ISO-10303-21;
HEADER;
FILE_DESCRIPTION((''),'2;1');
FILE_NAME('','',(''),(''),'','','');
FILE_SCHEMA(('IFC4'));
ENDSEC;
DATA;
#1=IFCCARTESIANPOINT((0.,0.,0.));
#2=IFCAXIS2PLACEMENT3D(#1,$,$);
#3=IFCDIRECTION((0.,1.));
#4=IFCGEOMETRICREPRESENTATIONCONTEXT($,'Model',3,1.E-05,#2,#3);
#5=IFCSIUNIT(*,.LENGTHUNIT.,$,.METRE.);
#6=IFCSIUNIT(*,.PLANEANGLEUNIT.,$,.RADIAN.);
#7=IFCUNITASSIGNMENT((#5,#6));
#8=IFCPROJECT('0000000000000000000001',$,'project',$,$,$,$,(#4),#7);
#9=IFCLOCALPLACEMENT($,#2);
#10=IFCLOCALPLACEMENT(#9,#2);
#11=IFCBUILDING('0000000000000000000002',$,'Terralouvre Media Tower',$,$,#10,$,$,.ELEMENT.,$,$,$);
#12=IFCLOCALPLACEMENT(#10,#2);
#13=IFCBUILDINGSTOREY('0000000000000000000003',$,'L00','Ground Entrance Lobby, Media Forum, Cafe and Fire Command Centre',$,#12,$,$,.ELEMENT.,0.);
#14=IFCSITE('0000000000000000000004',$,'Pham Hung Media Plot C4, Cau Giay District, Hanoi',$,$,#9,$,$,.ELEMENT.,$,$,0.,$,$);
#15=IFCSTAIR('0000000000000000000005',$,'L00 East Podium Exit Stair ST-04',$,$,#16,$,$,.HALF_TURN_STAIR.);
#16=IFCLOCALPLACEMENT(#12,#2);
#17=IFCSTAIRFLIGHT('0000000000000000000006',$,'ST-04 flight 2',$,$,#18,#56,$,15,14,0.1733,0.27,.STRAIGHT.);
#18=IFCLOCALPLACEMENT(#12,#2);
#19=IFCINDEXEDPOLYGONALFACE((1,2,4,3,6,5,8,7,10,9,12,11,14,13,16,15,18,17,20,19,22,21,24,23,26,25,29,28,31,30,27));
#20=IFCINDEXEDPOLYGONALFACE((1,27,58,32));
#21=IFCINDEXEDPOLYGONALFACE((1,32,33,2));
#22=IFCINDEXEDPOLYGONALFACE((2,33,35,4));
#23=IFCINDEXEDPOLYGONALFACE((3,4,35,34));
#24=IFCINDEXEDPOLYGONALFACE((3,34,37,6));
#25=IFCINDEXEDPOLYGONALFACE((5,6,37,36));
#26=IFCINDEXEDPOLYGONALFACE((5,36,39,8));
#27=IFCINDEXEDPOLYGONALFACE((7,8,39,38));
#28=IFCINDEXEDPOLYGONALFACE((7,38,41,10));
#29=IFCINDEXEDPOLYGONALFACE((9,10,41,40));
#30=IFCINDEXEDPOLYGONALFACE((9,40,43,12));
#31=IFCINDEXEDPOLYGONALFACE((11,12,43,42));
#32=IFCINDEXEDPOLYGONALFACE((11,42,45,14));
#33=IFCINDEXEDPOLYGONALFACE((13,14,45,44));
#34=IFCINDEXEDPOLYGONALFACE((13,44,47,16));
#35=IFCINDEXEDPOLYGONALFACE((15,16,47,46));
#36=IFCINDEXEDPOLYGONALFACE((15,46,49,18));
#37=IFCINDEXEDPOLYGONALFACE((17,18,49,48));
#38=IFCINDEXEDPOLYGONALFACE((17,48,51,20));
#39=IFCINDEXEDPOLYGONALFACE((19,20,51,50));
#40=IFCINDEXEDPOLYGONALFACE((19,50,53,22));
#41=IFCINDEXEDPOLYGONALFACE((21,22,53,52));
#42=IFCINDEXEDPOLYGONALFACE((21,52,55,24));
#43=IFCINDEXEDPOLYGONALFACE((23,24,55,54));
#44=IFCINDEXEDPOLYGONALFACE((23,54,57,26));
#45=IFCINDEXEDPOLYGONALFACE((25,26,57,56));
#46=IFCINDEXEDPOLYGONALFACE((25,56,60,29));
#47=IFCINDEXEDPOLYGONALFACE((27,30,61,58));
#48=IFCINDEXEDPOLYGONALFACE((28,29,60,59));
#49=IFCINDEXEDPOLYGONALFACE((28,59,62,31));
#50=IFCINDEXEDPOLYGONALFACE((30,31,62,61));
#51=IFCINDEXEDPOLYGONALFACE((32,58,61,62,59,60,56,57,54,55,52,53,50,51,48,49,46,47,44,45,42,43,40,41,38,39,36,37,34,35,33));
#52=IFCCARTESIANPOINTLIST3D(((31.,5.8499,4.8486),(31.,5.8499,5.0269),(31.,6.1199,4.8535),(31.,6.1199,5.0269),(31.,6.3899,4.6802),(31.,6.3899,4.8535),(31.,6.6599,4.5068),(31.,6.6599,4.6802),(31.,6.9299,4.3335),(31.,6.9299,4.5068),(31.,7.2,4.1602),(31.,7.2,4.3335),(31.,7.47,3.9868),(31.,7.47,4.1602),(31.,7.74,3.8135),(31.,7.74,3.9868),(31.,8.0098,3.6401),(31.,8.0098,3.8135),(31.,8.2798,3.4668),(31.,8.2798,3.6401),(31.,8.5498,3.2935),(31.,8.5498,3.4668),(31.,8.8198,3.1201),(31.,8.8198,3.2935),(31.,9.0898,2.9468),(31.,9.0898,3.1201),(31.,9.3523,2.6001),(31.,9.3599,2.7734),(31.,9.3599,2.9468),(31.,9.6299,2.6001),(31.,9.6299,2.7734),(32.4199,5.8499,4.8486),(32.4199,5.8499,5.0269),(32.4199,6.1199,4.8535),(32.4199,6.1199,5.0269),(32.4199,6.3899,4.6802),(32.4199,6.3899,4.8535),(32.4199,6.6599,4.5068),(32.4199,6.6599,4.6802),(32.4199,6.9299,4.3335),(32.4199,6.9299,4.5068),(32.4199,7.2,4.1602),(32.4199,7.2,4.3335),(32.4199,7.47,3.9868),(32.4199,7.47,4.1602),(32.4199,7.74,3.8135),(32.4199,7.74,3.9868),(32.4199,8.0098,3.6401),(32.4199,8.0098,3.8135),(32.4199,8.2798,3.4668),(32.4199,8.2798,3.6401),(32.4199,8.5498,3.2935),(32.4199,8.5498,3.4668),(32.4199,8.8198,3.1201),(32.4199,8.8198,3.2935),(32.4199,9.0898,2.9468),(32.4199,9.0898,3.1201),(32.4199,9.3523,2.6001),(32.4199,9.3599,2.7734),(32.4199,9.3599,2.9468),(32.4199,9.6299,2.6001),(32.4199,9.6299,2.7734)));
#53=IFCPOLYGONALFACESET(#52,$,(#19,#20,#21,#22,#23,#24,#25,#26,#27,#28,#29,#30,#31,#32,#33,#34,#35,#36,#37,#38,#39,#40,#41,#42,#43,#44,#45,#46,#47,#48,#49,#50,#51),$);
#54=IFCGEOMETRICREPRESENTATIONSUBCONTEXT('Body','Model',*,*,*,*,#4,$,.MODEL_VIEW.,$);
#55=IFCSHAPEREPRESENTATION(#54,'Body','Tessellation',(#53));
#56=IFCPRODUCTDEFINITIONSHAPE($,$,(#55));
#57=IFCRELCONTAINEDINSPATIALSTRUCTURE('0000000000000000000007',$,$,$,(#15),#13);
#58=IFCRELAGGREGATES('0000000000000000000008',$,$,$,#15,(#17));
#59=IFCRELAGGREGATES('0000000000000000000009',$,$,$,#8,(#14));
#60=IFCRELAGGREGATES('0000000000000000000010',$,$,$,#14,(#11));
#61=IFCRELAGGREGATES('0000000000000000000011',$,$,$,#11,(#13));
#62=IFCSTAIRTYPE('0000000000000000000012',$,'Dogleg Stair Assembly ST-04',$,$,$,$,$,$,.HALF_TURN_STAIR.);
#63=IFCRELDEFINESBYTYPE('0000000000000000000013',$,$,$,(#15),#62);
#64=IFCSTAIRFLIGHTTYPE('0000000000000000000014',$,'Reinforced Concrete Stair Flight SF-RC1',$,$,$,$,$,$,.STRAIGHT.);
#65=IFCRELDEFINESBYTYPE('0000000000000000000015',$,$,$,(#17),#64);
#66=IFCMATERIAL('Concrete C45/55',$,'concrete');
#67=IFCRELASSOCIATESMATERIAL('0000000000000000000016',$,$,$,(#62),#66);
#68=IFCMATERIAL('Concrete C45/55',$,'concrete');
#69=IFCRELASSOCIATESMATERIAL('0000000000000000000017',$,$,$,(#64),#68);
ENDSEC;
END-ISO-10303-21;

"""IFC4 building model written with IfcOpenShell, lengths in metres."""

from ifc_helpers import new_model, si_unit, direction, frame, origin, place, context, subcontext, project, spatial, polyline, outline, extrude, material, type_object, element, aggregate, save


model = new_model("IFC4")

# Units and contexts
model_context = context("Model", 3, precision=1e-05, world=origin(), true_north=direction((0.0, 1.0)))
body_context = subcontext(model_context, "Body", "Model", "MODEL_VIEW")
ifc_project = project(units=[si_unit("LENGTHUNIT", "METRE"), si_unit("PLANEANGLEUNIT", "RADIAN")], contexts=[model_context])

# Site, building, storey
site_placement = place(None, origin())
site = spatial("IfcSite", under=ifc_project, at=site_placement, Name="Pham Hung Media Plot C4, Cau Giay District, Hanoi", CompositionType="ELEMENT", RefElevation=0.0)
building_placement = place(site_placement, origin())
building = spatial("IfcBuilding", under=site, at=building_placement, Name="Terralouvre Media Tower", CompositionType="ELEMENT")
storey_placement = place(building_placement, origin())
storey = spatial("IfcBuildingStorey", under=building, at=storey_placement, Name="L00", Description="Ground Entrance Lobby, Media Forum, Cafe and Fire Command Centre", CompositionType="ELEMENT", Elevation=0.0)

# Stair, stair flight
ifc_material_1 = material(Name="Concrete C45/55", Category="concrete")
stair_type = type_object("IfcStairType", Name="Dogleg Stair Assembly ST-04", PredefinedType="HALF_TURN_STAIR", material=ifc_material_1)
stair_placement = place(storey_placement, origin())
stair = element("IfcStair", 1, at=stair_placement, inside=storey, type_object=stair_type, Name="L00 East Podium Exit Stair ST-04", PredefinedType="HALF_TURN_STAIR")
ifc_material_2 = material(Name="Concrete C45/55", Category="concrete")
stair_flight_type = type_object("IfcStairFlightType", Name="Reinforced Concrete Stair Flight SF-RC1", PredefinedType="STRAIGHT", material=ifc_material_2)
stair_flight_1_placement = place(storey_placement, frame((31.71, 9.6299, 2.6001), z_axis=(0.0, 0.0, 1.0), x_axis=(0.0, -1.0, 0.0)))
stair_flight_1 = element("IfcStairFlight", 2, at=stair_flight_1_placement, type_object=stair_flight_type, Name="ST-04 flight 2", NumberOfRisers=15, NumberOfTreads=14, PredefinedType="STRAIGHT", RiserHeight=0.1733, TreadLength=0.27, context=body_context, shape_type="SweptSolid", body=[
    extrude(outline(polyline([(0.0, 0.0), (0.0, 0.1733), (0.27, 0.1733), (0.27, 0.3467), (0.54, 0.3467), (0.54, 0.52), (0.8101, 0.52), (0.8101, 0.6934), (1.0801, 0.6934), (1.0801, 0.8667), (1.3501, 0.8667), (1.3501, 1.04), (1.6201, 1.04), (1.6201, 1.2134), (1.8899, 1.2134), (1.8899, 1.3867), (2.1599, 1.3867), (2.1599, 1.5601), (2.4299, 1.5601), (2.4299, 1.7334), (2.7, 1.7334), (2.7, 1.9067), (2.97, 1.9067), (2.97, 2.0801), (3.24, 2.0801), (3.24, 2.2534), (3.51, 2.2534), (3.51, 2.4268), (3.78, 2.4268), (3.78, 2.6001), (3.78, 2.2485), (0.2776, 0.0), (0.0, 0.0)])), frame((0.0, 0.71, 0.0), z_axis=(0.0, -1.0, 0.0), x_axis=(1.0, 0.0, 0.0)), (0.0, 0.0, 1.0), 1.4199),
])
aggregate(stair, [stair_flight_1])

save(model, "model.ifc")
